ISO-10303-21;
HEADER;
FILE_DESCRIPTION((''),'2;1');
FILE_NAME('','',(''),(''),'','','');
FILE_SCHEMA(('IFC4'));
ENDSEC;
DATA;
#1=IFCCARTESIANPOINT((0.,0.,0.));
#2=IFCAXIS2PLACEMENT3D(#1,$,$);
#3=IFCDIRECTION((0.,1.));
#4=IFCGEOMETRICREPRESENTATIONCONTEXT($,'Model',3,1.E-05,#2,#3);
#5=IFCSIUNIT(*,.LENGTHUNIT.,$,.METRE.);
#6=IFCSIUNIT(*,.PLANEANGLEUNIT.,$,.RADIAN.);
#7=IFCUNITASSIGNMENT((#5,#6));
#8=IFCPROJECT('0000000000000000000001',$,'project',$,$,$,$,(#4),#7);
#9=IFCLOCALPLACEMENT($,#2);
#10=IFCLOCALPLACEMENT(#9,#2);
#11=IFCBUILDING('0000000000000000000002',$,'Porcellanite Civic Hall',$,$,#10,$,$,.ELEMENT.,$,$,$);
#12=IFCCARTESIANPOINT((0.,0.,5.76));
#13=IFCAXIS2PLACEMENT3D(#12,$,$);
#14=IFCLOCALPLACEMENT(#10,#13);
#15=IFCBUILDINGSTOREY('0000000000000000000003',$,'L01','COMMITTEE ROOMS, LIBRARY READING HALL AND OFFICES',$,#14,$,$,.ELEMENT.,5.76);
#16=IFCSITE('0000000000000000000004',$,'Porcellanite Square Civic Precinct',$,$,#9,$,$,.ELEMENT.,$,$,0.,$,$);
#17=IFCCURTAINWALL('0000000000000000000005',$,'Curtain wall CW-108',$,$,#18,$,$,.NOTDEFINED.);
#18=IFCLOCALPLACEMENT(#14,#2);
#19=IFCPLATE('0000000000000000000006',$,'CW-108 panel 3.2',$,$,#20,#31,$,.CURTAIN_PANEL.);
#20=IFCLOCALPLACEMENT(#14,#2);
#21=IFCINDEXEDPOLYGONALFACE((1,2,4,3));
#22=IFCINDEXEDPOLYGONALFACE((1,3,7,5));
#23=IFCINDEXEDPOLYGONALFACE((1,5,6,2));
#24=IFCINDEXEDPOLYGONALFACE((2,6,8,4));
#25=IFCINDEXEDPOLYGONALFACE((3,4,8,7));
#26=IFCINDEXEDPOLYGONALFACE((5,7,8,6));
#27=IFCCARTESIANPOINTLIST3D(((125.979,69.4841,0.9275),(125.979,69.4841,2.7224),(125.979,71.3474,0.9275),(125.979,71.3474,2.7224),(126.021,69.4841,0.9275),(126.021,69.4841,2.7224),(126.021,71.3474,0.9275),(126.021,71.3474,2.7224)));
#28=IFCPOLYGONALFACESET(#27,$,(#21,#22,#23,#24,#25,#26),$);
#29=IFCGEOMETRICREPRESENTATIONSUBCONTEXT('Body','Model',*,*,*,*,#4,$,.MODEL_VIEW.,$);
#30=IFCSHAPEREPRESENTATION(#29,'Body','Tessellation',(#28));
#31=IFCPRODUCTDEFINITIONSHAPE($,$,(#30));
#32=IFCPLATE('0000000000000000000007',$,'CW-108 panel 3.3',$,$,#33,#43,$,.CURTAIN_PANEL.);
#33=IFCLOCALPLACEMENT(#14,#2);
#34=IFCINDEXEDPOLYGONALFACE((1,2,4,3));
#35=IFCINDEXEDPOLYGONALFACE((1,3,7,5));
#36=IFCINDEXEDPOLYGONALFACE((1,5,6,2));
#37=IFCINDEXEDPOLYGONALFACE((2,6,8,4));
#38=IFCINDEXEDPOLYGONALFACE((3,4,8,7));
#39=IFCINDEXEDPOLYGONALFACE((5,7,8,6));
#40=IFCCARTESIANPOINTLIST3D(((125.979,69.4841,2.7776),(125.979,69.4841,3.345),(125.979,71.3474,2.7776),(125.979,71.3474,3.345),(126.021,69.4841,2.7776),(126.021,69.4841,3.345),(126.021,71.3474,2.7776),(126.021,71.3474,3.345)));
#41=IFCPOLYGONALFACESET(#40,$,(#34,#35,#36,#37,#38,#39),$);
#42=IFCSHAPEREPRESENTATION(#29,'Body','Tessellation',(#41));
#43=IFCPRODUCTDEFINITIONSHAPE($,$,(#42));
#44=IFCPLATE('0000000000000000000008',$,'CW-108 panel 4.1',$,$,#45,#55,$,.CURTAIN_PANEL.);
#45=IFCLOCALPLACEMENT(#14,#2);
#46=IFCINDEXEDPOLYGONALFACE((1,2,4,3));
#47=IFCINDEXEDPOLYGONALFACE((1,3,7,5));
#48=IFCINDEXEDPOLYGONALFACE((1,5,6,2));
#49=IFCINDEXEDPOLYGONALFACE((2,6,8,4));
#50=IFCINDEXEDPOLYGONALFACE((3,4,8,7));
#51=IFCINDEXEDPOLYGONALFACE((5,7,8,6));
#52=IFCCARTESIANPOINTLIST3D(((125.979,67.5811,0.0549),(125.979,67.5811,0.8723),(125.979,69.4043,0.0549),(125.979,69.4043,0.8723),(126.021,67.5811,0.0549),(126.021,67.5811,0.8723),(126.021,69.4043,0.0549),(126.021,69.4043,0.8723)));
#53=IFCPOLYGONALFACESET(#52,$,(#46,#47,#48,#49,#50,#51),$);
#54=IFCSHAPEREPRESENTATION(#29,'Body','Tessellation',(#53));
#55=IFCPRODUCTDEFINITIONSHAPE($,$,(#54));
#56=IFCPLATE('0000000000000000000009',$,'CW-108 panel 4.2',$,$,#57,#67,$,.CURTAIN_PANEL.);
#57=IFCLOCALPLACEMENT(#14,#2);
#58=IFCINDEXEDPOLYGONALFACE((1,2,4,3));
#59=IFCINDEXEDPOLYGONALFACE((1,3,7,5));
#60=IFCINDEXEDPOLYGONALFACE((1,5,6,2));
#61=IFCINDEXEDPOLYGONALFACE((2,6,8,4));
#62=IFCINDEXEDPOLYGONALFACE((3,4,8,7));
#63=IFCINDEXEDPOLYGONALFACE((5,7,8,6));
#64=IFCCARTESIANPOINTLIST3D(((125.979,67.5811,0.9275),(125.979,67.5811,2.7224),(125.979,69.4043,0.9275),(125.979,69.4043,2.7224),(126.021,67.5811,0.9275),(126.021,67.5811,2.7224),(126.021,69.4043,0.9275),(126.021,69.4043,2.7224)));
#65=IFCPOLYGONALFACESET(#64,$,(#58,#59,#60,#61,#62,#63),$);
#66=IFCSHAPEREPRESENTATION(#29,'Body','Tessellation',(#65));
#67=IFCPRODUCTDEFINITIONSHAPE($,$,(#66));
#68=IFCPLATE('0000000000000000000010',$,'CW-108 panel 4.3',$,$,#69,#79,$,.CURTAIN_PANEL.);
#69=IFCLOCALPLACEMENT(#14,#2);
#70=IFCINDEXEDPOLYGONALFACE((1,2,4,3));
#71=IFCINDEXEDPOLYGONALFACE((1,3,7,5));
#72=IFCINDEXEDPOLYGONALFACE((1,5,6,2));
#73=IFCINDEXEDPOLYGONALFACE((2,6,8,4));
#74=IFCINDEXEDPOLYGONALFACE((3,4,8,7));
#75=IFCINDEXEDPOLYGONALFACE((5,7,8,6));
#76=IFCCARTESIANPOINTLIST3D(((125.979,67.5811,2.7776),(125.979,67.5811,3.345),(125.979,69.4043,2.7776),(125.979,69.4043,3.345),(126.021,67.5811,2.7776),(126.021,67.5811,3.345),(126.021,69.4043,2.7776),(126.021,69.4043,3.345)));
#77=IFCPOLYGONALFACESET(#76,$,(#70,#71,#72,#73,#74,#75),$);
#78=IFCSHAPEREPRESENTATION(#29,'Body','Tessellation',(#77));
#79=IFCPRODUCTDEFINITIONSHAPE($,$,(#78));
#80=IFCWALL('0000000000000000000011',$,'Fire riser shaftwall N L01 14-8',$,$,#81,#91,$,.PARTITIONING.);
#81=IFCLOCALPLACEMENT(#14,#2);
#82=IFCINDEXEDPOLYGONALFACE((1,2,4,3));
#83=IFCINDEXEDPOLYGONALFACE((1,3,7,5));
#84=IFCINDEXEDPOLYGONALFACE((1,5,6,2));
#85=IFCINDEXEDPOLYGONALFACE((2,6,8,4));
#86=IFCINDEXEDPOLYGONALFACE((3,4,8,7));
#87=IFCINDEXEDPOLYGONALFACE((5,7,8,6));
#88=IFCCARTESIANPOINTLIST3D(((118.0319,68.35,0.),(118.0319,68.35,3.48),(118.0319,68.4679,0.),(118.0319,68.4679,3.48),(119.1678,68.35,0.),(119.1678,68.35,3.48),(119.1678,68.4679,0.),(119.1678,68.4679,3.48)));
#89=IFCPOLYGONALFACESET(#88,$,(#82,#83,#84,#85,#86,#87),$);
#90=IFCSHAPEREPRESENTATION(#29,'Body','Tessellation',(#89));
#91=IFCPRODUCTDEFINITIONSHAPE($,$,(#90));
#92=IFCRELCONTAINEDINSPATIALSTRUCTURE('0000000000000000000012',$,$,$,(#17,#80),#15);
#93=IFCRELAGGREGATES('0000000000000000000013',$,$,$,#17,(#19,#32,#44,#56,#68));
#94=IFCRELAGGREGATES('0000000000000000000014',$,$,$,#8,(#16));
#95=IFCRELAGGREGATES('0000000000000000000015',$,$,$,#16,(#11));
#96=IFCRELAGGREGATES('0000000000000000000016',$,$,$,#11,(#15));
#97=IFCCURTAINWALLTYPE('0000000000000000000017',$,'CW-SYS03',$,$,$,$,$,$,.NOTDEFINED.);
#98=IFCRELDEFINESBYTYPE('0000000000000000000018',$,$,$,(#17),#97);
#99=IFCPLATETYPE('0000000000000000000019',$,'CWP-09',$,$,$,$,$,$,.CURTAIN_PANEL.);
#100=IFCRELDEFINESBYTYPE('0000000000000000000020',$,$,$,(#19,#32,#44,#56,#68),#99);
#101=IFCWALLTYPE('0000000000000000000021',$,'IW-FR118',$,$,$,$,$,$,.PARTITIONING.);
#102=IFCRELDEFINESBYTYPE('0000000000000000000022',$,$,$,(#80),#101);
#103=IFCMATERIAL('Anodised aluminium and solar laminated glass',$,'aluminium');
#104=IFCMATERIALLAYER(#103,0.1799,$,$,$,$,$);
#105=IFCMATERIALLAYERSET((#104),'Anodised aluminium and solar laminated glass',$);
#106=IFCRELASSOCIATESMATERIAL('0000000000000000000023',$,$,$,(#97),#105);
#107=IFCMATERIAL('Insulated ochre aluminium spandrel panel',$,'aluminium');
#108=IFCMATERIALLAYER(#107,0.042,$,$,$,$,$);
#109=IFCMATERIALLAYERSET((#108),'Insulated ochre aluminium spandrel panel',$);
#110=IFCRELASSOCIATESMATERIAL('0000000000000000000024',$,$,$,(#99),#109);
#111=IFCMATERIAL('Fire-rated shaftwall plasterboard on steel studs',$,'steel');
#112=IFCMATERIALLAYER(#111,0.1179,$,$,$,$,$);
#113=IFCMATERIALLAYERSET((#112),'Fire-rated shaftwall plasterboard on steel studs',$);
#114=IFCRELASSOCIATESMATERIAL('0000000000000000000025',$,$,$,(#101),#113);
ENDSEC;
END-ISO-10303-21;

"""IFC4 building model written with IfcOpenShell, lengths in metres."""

from ifc_helpers import new_model, si_unit, direction, frame, frame_2d, origin, origin_2d, place, context, subcontext, project, spatial, rectangle, extrude, material, layer, layer_set, type_object, element, aggregate, save


model = new_model("IFC4")

# Units and contexts
model_context = context("Model", 3, precision=1e-05, world=origin(), true_north=direction((0.0, 1.0)))
body_context = subcontext(model_context, "Body", "Model", "MODEL_VIEW")
ifc_project = project(units=[si_unit("LENGTHUNIT", "METRE"), si_unit("PLANEANGLEUNIT", "RADIAN")], contexts=[model_context])

# Site, building, storey
site_placement = place(None, origin())
site = spatial("IfcSite", under=ifc_project, at=site_placement, Name="Porcellanite Square Civic Precinct", CompositionType="ELEMENT", RefElevation=0.0)
building_placement = place(site_placement, origin())
building = spatial("IfcBuilding", under=site, at=building_placement, Name="Porcellanite Civic Hall", CompositionType="ELEMENT")
storey_placement = place(building_placement, frame((0.0, 0.0, 5.76)))
storey = spatial("IfcBuildingStorey", under=building, at=storey_placement, Name="L01", Description="COMMITTEE ROOMS, LIBRARY READING HALL AND OFFICES", CompositionType="ELEMENT", Elevation=5.76)

# Curtain wall, plates
ifc_material_1 = material(Name="Anodised aluminium and solar laminated glass", Category="aluminium")
ifc_layer_1 = layer(ifc_material_1, 0.1799)
ifc_layer_set_1 = layer_set([ifc_layer_1], Name="Anodised aluminium and solar laminated glass")
curtain_wall_type = type_object("IfcCurtainWallType", Name="CW-SYS03", PredefinedType="NOTDEFINED", material=ifc_layer_set_1)
curtain_wall_placement = place(storey_placement, origin())
curtain_wall = element("IfcCurtainWall", 1, at=curtain_wall_placement, inside=storey, type_object=curtain_wall_type, Name="Curtain wall CW-108", PredefinedType="NOTDEFINED")
ifc_material_2 = material(Name="Insulated ochre aluminium spandrel panel", Category="aluminium")
ifc_layer_2 = layer(ifc_material_2, 0.042)
ifc_layer_set_2 = layer_set([ifc_layer_2], Name="Insulated ochre aluminium spandrel panel")
plate_type = type_object("IfcPlateType", Name="CWP-09", PredefinedType="CURTAIN_PANEL", material=ifc_layer_set_2)
plate_1_placement = place(storey_placement, frame((126.0, 70.4158, 0.9275), z_axis=(0.0, 0.0, 1.0), x_axis=(0.0, -1.0, 0.0)))
plate_1 = element("IfcPlate", 2, at=plate_1_placement, type_object=plate_type, Name="CW-108 panel 3.2", PredefinedType="CURTAIN_PANEL", context=body_context, shape_type="SweptSolid", body=[
    extrude(rectangle(XDim=1.8633, YDim=0.042, at=origin_2d()), origin(), (0.0, 0.0, 1.0), 1.7949),
])
plate_2_placement = place(storey_placement, frame((126.0, 70.4158, 2.7776), z_axis=(0.0, 0.0, 1.0), x_axis=(0.0, -1.0, 0.0)))
plate_2 = element("IfcPlate", 3, at=plate_2_placement, type_object=plate_type, Name="CW-108 panel 3.3", PredefinedType="CURTAIN_PANEL", context=body_context, shape_type="SweptSolid", body=[
    extrude(rectangle(XDim=1.8633, YDim=0.042, at=origin_2d()), origin(), (0.0, 0.0, 1.0), 0.5674),
])
plate_3_placement = place(storey_placement, frame((126.0, 68.4927, 0.0549), z_axis=(0.0, 0.0, 1.0), x_axis=(0.0, -1.0, 0.0)))
plate_3 = element("IfcPlate", 4, at=plate_3_placement, type_object=plate_type, Name="CW-108 panel 4.1", PredefinedType="CURTAIN_PANEL", context=body_context, shape_type="SweptSolid", body=[
    extrude(rectangle(XDim=1.8232, YDim=0.042, at=origin_2d()), origin(), (0.0, 0.0, 1.0), 0.8174),
])
plate_4_placement = place(storey_placement, frame((126.0, 68.4927, 0.9275), z_axis=(0.0, 0.0, 1.0), x_axis=(0.0, -1.0, 0.0)))
plate_4 = element("IfcPlate", 5, at=plate_4_placement, type_object=plate_type, Name="CW-108 panel 4.2", PredefinedType="CURTAIN_PANEL", context=body_context, shape_type="SweptSolid", body=[
    extrude(rectangle(XDim=1.8232, YDim=0.042, at=origin_2d()), origin(), (0.0, 0.0, 1.0), 1.7949),
])
plate_5_placement = place(storey_placement, frame((126.0, 68.4927, 2.7776), z_axis=(0.0, 0.0, 1.0), x_axis=(0.0, -1.0, 0.0)))
plate_5 = element("IfcPlate", 6, at=plate_5_placement, type_object=plate_type, Name="CW-108 panel 4.3", PredefinedType="CURTAIN_PANEL", context=body_context, shape_type="SweptSolid", body=[
    extrude(rectangle(XDim=1.8232, YDim=0.042, at=origin_2d()), origin(), (0.0, 0.0, 1.0), 0.5674),
])
aggregate(curtain_wall, [plate_1, plate_2, plate_3, plate_4, plate_5])

# Wall
ifc_material_3 = material(Name="Fire-rated shaftwall plasterboard on steel studs", Category="steel")
ifc_layer_3 = layer(ifc_material_3, 0.1179)
ifc_layer_set_3 = layer_set([ifc_layer_3], Name="Fire-rated shaftwall plasterboard on steel studs")
wall_type = type_object("IfcWallType", Name="IW-FR118", PredefinedType="PARTITIONING", material=ifc_layer_set_3)
wall_placement = place(storey_placement, frame((118.032, 68.4089, 0.0), z_axis=(0.0, 0.0, 1.0), x_axis=(1.0, 0.0, 0.0)))
element("IfcWall", 7, at=wall_placement, inside=storey, type_object=wall_type, Name="Fire riser shaftwall N L01 14-8", PredefinedType="PARTITIONING", context=body_context, shape_type="SweptSolid", body=[
    extrude(rectangle(XDim=1.136, YDim=0.1179, at=frame_2d((0.5679, 0.0))), origin(), (0.0, 0.0, 1.0), 3.48),
])

save(model, "model.ifc")
